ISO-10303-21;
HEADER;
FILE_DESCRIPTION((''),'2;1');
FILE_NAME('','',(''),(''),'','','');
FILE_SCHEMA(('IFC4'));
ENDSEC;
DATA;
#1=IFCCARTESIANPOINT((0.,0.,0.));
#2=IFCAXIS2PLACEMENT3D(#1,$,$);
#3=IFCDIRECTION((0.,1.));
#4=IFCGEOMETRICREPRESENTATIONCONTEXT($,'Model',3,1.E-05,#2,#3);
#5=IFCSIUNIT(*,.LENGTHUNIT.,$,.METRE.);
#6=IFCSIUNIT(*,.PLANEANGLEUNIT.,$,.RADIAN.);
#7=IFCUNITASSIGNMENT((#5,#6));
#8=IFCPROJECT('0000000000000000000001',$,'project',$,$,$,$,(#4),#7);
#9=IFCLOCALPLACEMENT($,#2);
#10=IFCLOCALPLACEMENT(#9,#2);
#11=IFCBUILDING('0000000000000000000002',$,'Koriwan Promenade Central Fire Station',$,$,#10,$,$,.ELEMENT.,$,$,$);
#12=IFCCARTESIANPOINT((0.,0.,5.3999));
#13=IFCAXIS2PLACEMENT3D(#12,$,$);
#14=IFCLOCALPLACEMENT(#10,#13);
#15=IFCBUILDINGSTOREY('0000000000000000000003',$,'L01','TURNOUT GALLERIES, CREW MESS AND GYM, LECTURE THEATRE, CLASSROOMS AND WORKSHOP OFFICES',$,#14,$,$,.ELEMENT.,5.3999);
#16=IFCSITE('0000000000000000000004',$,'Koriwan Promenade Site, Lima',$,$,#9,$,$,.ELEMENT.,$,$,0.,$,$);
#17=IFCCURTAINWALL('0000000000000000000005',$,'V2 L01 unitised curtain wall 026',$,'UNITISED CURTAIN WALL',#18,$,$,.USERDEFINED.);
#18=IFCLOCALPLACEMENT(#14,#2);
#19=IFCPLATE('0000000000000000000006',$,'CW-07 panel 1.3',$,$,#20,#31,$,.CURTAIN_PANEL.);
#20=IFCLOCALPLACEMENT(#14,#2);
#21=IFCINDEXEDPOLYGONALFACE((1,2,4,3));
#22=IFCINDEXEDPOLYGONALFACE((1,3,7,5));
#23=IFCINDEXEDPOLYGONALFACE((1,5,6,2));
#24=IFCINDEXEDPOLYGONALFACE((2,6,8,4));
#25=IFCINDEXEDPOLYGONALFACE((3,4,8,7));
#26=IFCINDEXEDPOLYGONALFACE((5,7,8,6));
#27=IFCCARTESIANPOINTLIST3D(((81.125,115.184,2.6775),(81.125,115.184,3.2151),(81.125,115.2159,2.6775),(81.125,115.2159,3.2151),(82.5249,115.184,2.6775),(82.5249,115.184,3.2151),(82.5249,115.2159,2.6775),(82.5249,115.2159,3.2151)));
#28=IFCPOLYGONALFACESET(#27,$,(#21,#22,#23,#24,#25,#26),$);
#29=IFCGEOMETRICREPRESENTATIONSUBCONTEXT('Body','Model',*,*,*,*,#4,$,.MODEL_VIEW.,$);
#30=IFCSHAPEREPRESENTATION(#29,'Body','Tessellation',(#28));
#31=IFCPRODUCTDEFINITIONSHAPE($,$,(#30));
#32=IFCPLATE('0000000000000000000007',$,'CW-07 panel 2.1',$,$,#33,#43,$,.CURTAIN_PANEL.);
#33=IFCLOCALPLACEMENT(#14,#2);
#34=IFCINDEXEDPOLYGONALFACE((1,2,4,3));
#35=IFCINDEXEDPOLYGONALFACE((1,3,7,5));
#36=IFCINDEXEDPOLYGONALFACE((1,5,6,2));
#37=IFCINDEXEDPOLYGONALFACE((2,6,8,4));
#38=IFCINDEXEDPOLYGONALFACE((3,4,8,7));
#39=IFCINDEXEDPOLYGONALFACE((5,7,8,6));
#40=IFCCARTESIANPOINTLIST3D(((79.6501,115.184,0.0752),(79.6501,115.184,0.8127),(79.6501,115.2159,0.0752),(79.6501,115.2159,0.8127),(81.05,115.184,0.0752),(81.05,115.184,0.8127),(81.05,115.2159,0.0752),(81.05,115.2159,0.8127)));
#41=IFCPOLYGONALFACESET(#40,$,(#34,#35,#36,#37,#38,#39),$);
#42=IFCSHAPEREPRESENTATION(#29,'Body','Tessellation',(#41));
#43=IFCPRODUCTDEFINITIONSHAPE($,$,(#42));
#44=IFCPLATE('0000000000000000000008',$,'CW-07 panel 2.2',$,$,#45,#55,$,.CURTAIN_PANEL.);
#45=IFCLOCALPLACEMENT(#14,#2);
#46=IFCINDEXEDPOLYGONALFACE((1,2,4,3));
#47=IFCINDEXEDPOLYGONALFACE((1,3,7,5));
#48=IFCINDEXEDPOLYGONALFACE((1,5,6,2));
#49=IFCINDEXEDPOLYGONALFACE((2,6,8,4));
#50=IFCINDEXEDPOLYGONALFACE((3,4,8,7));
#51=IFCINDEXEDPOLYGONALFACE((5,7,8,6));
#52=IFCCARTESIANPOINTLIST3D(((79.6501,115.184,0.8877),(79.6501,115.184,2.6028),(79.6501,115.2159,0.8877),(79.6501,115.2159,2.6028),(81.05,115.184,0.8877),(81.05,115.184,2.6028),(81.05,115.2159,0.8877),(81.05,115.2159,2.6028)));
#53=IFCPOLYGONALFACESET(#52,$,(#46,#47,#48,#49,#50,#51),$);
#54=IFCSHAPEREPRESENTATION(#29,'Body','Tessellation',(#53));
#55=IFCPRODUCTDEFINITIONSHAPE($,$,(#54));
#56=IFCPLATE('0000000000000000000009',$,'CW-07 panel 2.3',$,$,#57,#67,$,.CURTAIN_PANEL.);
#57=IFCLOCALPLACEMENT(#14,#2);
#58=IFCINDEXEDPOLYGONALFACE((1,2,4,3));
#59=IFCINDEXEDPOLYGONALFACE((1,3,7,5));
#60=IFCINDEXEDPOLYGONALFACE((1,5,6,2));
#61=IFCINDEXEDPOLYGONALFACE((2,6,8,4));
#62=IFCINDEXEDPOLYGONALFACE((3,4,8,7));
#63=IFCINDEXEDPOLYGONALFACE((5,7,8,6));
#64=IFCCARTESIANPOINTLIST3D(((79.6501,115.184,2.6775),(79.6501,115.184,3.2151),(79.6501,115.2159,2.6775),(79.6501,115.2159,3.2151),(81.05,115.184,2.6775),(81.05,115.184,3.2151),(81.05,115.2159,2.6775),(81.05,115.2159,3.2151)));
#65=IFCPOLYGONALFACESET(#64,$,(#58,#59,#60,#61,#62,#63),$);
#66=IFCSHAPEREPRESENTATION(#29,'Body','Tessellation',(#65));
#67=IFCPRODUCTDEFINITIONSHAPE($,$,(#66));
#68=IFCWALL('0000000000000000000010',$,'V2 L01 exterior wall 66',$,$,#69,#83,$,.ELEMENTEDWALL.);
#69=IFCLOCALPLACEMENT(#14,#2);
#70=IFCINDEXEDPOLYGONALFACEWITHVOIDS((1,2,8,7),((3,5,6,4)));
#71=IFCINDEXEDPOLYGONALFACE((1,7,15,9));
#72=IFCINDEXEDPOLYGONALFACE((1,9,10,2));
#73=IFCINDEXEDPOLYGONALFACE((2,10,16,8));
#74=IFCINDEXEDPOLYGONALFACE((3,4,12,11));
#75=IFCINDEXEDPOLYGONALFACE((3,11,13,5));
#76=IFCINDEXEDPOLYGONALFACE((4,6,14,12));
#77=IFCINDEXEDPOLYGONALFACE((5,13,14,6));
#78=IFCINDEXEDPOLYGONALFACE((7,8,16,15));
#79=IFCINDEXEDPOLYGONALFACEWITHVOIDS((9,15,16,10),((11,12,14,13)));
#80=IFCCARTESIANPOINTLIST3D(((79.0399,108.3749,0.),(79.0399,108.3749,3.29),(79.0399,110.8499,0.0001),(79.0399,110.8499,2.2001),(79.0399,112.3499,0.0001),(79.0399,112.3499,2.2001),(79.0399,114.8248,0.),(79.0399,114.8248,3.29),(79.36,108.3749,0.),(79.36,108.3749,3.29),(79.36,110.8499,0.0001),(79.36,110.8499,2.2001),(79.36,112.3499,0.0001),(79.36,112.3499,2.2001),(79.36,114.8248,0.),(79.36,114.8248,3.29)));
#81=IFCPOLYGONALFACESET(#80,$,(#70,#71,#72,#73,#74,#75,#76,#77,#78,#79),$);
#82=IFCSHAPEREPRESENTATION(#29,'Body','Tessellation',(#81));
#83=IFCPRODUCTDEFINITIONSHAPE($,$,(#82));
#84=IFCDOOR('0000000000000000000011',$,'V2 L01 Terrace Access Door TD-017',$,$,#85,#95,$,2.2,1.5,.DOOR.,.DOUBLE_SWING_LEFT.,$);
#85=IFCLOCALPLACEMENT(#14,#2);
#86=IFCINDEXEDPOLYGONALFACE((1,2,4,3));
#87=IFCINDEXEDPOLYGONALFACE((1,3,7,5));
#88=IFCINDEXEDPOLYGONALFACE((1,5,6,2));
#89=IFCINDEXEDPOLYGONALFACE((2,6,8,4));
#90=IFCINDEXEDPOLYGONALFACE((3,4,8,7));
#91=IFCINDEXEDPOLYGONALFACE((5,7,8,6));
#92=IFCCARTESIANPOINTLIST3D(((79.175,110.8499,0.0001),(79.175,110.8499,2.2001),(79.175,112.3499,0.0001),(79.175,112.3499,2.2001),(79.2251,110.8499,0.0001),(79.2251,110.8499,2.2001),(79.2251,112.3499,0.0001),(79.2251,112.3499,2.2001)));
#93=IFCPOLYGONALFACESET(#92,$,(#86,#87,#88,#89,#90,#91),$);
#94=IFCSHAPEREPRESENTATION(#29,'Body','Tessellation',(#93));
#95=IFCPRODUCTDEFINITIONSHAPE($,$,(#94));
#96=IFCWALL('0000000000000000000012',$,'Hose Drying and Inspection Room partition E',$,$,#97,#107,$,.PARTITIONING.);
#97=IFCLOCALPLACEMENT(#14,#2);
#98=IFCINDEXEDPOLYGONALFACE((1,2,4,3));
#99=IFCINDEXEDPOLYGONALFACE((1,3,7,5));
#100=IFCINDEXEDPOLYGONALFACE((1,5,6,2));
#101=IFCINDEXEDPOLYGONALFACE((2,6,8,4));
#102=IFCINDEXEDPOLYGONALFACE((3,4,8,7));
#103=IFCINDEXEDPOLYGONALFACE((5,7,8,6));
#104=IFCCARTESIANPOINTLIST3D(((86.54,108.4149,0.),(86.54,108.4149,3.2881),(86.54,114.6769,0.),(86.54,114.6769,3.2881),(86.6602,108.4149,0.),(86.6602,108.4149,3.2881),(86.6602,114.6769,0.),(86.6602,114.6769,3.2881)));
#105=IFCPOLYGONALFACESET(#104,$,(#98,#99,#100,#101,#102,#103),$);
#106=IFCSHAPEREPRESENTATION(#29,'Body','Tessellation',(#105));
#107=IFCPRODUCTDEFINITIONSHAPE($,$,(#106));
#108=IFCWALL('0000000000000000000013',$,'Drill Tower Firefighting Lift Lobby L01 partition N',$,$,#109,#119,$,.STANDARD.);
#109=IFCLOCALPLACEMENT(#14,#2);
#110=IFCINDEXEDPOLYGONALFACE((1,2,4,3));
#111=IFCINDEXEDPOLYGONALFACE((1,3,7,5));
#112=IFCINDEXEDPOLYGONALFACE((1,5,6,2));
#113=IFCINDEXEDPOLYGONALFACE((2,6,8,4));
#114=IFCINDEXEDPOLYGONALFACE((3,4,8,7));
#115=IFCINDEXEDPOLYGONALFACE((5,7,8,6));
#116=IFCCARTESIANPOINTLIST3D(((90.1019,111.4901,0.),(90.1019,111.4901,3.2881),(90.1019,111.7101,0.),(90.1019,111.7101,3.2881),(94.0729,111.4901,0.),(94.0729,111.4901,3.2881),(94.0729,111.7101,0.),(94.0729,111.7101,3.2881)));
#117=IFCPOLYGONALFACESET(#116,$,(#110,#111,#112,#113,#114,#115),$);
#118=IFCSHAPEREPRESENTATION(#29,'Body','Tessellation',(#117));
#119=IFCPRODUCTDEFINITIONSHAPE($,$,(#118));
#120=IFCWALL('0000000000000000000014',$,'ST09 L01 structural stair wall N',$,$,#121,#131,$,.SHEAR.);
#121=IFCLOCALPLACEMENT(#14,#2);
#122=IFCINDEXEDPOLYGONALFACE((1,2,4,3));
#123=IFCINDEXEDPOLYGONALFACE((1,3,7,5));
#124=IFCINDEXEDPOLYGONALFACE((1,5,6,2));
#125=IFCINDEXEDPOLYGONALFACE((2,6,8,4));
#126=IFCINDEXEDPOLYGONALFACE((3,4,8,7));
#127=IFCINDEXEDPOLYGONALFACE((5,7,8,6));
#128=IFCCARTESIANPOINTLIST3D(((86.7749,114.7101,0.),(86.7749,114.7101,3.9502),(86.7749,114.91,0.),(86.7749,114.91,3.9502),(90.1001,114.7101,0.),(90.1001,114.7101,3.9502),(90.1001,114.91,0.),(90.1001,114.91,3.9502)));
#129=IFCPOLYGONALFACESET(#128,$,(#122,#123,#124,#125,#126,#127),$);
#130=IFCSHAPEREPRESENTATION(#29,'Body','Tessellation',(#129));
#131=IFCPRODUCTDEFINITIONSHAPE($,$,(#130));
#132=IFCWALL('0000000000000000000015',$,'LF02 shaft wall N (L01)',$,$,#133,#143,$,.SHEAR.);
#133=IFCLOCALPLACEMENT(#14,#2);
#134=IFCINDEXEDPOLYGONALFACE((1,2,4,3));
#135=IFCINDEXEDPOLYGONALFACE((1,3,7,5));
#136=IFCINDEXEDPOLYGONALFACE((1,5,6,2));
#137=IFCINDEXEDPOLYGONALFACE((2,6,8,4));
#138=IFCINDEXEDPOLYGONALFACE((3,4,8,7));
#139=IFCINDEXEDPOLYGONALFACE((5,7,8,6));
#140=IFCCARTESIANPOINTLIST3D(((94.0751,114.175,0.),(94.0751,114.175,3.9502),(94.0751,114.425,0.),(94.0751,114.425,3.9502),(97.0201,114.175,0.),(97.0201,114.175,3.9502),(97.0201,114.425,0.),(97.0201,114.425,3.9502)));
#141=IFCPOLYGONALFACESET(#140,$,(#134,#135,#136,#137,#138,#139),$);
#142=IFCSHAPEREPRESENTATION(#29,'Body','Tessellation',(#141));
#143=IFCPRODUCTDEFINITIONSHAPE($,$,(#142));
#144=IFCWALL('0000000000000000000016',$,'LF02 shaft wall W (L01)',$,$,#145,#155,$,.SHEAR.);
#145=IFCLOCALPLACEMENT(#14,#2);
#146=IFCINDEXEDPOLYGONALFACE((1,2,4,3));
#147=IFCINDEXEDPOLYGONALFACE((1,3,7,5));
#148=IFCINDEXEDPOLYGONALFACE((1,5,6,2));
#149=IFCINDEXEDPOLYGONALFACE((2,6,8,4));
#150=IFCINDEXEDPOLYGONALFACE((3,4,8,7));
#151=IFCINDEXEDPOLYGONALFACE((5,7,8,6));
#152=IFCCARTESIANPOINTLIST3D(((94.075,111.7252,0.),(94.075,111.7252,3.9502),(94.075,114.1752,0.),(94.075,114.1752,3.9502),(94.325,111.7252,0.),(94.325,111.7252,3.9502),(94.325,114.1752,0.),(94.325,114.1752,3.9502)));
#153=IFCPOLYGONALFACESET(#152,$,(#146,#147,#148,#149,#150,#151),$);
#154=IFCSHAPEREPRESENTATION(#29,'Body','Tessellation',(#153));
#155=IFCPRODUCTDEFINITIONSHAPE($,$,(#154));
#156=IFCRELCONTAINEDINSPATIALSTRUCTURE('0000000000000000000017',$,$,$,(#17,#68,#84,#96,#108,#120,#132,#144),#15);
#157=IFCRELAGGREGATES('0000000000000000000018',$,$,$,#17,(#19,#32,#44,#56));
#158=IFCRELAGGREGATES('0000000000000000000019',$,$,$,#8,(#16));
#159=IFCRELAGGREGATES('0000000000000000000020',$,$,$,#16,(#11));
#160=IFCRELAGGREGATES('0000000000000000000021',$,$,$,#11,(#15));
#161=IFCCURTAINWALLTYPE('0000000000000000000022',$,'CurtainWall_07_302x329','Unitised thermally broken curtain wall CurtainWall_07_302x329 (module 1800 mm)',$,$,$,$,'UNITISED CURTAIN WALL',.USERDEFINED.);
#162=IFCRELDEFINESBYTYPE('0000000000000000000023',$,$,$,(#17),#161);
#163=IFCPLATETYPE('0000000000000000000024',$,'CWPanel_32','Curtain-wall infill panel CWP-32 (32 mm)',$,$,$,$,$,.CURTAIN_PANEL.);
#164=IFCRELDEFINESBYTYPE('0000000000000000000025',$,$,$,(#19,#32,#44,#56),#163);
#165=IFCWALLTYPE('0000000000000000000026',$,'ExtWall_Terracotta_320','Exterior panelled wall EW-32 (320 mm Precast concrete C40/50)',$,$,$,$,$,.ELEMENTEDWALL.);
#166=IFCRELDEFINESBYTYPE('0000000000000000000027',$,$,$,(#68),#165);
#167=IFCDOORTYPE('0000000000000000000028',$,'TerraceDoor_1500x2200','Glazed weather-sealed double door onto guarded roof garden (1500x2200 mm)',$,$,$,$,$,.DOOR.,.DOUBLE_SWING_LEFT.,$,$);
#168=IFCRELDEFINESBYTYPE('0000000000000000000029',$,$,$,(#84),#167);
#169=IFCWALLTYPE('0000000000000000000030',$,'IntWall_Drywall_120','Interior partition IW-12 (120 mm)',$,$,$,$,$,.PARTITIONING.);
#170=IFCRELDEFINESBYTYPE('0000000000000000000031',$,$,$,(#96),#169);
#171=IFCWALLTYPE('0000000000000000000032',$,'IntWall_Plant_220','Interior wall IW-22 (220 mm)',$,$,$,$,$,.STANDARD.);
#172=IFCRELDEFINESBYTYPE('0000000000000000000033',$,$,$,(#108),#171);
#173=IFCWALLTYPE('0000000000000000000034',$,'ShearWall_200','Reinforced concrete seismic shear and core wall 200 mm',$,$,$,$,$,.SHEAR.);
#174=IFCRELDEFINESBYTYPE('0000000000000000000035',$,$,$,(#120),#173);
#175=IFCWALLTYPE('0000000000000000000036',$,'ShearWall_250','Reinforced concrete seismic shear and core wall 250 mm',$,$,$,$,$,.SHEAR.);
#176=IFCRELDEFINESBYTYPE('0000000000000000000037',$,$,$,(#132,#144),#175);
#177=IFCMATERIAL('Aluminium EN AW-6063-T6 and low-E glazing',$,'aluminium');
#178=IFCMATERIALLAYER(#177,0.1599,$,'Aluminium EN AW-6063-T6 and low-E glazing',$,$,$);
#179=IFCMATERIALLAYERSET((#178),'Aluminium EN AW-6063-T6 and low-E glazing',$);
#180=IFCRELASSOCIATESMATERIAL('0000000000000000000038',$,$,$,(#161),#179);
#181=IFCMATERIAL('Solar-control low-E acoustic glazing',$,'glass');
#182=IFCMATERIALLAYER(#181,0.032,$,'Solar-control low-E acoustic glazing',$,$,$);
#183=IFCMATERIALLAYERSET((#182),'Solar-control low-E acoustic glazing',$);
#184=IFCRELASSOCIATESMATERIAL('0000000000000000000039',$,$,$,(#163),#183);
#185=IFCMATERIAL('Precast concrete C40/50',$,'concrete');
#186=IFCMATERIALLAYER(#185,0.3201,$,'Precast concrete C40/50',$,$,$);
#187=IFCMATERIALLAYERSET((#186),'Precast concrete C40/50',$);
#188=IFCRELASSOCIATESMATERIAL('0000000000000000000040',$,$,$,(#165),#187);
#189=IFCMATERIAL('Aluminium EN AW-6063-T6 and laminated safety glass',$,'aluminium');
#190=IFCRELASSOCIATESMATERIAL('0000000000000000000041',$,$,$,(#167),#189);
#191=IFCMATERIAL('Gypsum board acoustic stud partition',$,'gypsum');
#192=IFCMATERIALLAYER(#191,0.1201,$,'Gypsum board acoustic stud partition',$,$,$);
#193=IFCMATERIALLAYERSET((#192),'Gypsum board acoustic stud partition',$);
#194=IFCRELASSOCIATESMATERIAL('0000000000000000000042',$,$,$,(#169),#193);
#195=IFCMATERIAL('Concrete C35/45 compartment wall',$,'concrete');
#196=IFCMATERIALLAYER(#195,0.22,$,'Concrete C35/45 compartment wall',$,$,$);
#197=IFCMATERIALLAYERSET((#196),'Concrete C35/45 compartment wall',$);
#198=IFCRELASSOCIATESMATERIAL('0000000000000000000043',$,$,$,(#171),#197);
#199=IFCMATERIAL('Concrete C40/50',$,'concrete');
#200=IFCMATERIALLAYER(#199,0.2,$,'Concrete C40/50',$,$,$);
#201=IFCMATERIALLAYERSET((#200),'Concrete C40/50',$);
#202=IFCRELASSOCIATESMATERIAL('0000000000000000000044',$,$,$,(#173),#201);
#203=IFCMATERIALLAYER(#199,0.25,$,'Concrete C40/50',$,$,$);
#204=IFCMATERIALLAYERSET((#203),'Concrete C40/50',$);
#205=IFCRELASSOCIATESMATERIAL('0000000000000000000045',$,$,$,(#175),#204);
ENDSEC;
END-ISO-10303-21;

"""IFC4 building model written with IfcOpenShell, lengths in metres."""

from ifc_helpers import new_model, si_unit, direction, frame, frame_2d, origin, origin_2d, place, context, subcontext, project, spatial, rectangle, extrude, material, layer, layer_set, type_object, element, fill, aggregate, save


model = new_model("IFC4")

# Units and contexts
model_context = context("Model", 3, precision=1e-05, world=origin(), true_north=direction((0.0, 1.0)))
body_context = subcontext(model_context, "Body", "Model", "MODEL_VIEW")
ifc_project = project(units=[si_unit("LENGTHUNIT", "METRE"), si_unit("PLANEANGLEUNIT", "RADIAN")], contexts=[model_context])

# Site, building, storey
site_placement = place(None, origin())
site = spatial("IfcSite", under=ifc_project, at=site_placement, Name="Koriwan Promenade Site, Lima", CompositionType="ELEMENT", RefElevation=0.0)
building_placement = place(site_placement, origin())
building = spatial("IfcBuilding", under=site, at=building_placement, Name="Koriwan Promenade Central Fire Station", CompositionType="ELEMENT")
storey_placement = place(building_placement, frame((0.0, 0.0, 5.3999)))
storey = spatial("IfcBuildingStorey", under=building, at=storey_placement, Name="L01", Description="TURNOUT GALLERIES, CREW MESS AND GYM, LECTURE THEATRE, CLASSROOMS AND WORKSHOP OFFICES", CompositionType="ELEMENT", Elevation=5.3999)

# Shared definitions
ifc_material_1 = material(Name="Concrete C40/50", Category="concrete")

# Curtain wall, plates
ifc_material_2 = material(Name="Aluminium EN AW-6063-T6 and low-E glazing", Category="aluminium")
ifc_layer_1 = layer(ifc_material_2, 0.1599, Name="Aluminium EN AW-6063-T6 and low-E glazing")
ifc_layer_set_1 = layer_set([ifc_layer_1], Name="Aluminium EN AW-6063-T6 and low-E glazing")
curtain_wall_type = type_object("IfcCurtainWallType", Name="CurtainWall_07_302x329", Description="Unitised thermally broken curtain wall CurtainWall_07_302x329 (module 1800 mm)", ElementType="UNITISED CURTAIN WALL", PredefinedType="USERDEFINED", material=ifc_layer_set_1)
curtain_wall_placement = place(storey_placement, origin())
curtain_wall = element("IfcCurtainWall", 1, at=curtain_wall_placement, inside=storey, type_object=curtain_wall_type, Name="V2 L01 unitised curtain wall 026", ObjectType="UNITISED CURTAIN WALL", PredefinedType="USERDEFINED")
ifc_material_3 = material(Name="Solar-control low-E acoustic glazing", Category="glass")
ifc_layer_2 = layer(ifc_material_3, 0.032, Name="Solar-control low-E acoustic glazing")
ifc_layer_set_2 = layer_set([ifc_layer_2], Name="Solar-control low-E acoustic glazing")
plate_type = type_object("IfcPlateType", Name="CWPanel_32", Description="Curtain-wall infill panel CWP-32 (32 mm)", PredefinedType="CURTAIN_PANEL", material=ifc_layer_set_2)
plate_1_placement = place(storey_placement, frame((81.825, 115.2, 2.6775), z_axis=(0.0, 0.0, 1.0), x_axis=(-1.0, 0.0, 0.0)))
plate_1 = element("IfcPlate", 2, at=plate_1_placement, type_object=plate_type, Name="CW-07 panel 1.3", PredefinedType="CURTAIN_PANEL", context=body_context, shape_type="SweptSolid", body=[
    extrude(rectangle(XDim=1.3999, YDim=0.032, at=origin_2d()), origin(), (0.0, 0.0, 1.0), 0.5376),
])
plate_2_placement = place(storey_placement, frame((80.3501, 115.2, 0.0752), z_axis=(0.0, 0.0, 1.0), x_axis=(-1.0, 0.0, 0.0)))
plate_2 = element("IfcPlate", 3, at=plate_2_placement, type_object=plate_type, Name="CW-07 panel 2.1", PredefinedType="CURTAIN_PANEL", context=body_context, shape_type="SweptSolid", body=[
    extrude(rectangle(XDim=1.3999, YDim=0.032, at=origin_2d()), origin(), (0.0, 0.0, 1.0), 0.7375),
])
plate_3_placement = place(storey_placement, frame((80.3501, 115.2, 0.8877), z_axis=(0.0, 0.0, 1.0), x_axis=(-1.0, 0.0, 0.0)))
plate_3 = element("IfcPlate", 4, at=plate_3_placement, type_object=plate_type, Name="CW-07 panel 2.2", PredefinedType="CURTAIN_PANEL", context=body_context, shape_type="SweptSolid", body=[
    extrude(rectangle(XDim=1.3999, YDim=0.032, at=origin_2d()), origin(), (0.0, 0.0, 1.0), 1.7151),
])
plate_4_placement = place(storey_placement, frame((80.3501, 115.2, 2.6775), z_axis=(0.0, 0.0, 1.0), x_axis=(-1.0, 0.0, 0.0)))
plate_4 = element("IfcPlate", 5, at=plate_4_placement, type_object=plate_type, Name="CW-07 panel 2.3", PredefinedType="CURTAIN_PANEL", context=body_context, shape_type="SweptSolid", body=[
    extrude(rectangle(XDim=1.3999, YDim=0.032, at=origin_2d()), origin(), (0.0, 0.0, 1.0), 0.5376),
])
aggregate(curtain_wall, [plate_1, plate_2, plate_3, plate_4])

# Wall, opening, door
ifc_material_4 = material(Name="Precast concrete C40/50", Category="concrete")
ifc_layer_3 = layer(ifc_material_4, 0.3201, Name="Precast concrete C40/50")
ifc_layer_set_3 = layer_set([ifc_layer_3], Name="Precast concrete C40/50")
wall_type_1 = type_object("IfcWallType", Name="ExtWall_Terracotta_320", Description="Exterior panelled wall EW-32 (320 mm Precast concrete C40/50)", PredefinedType="ELEMENTEDWALL", material=ifc_layer_set_3)
wall_1_placement = place(storey_placement, frame((79.2, 114.825, 0.0), z_axis=(0.0, 0.0, 1.0), x_axis=(0.0, -1.0, 0.0)))
wall_1 = element("IfcWall", 6, at=wall_1_placement, inside=storey, type_object=wall_type_1, Name="V2 L01 exterior wall 66", PredefinedType="ELEMENTEDWALL", context=body_context, shape_type="SweptSolid", body=[
    extrude(rectangle(XDim=6.45, YDim=0.3201, at=frame_2d((3.2251, 0.0))), origin(), (0.0, 0.0, 1.0), 3.29),
])
opening_1_placement = place(wall_1_placement, frame((2.4751, 0.0, 0.0)))
opening_1 = element("IfcOpeningElement", 7, at=opening_1_placement, cuts=wall_1, PredefinedType="OPENING", context=body_context, shape_type="SweptSolid", body=[
    extrude(rectangle(XDim=1.5, YDim=2.2, at=frame_2d((0.75, 1.1001))), frame((0.0, 0.1719, 0.0), z_axis=(0.0, -1.0, 0.0), x_axis=(1.0, 0.0, 0.0)), (0.0, 0.0, 1.0), 0.344),
])
ifc_material_5 = material(Name="Aluminium EN AW-6063-T6 and laminated safety glass", Category="aluminium")
door_type_1 = type_object("IfcDoorType", Name="TerraceDoor_1500x2200", Description="Glazed weather-sealed double door onto guarded roof garden (1500x2200 mm)", OperationType="DOUBLE_SWING_LEFT", PredefinedType="DOOR", material=ifc_material_5)
door_1_placement = place(opening_1_placement, frame((1.5, 0.0, 0.0), z_axis=(0.0, 0.0, 1.0), x_axis=(-1.0, 0.0, 0.0)))
door_1 = element("IfcDoor", 8, at=door_1_placement, inside=storey, type_object=door_type_1, Name="V2 L01 Terrace Access Door TD-017", OperationType="DOUBLE_SWING_LEFT", OverallHeight=2.2, OverallWidth=1.5, PredefinedType="DOOR", context=body_context, shape_type="SweptSolid", body=[
    extrude(rectangle(XDim=1.5, YDim=2.2, at=frame_2d((0.75, 1.1001))), frame((0.0, 0.0249, 0.0), z_axis=(0.0, -1.0, 0.0), x_axis=(1.0, 0.0, 0.0)), (0.0, 0.0, 1.0), 0.05),
])
fill(opening_1, door_1)

# Walls
ifc_material_6 = material(Name="Gypsum board acoustic stud partition", Category="gypsum")
ifc_layer_4 = layer(ifc_material_6, 0.1201, Name="Gypsum board acoustic stud partition")
ifc_layer_set_4 = layer_set([ifc_layer_4], Name="Gypsum board acoustic stud partition")
wall_type_2 = type_object("IfcWallType", Name="IntWall_Drywall_120", Description="Interior partition IW-12 (120 mm)", PredefinedType="PARTITIONING", material=ifc_layer_set_4)
wall_2_placement = place(storey_placement, frame((86.6001, 108.415, 0.0), z_axis=(0.0, 0.0, 1.0), x_axis=(0.0, 1.0, 0.0)))
element("IfcWall", 9, at=wall_2_placement, inside=storey, type_object=wall_type_2, Name="Hose Drying and Inspection Room partition E", PredefinedType="PARTITIONING", context=body_context, shape_type="SweptSolid", body=[
    extrude(rectangle(XDim=6.262, YDim=0.1201, at=frame_2d((3.1309, 0.0))), origin(), (0.0, 0.0, 1.0), 3.2881),
])
ifc_material_7 = material(Name="Concrete C35/45 compartment wall", Category="concrete")
ifc_layer_5 = layer(ifc_material_7, 0.22, Name="Concrete C35/45 compartment wall")
ifc_layer_set_5 = layer_set([ifc_layer_5], Name="Concrete C35/45 compartment wall")
wall_type_3 = type_object("IfcWallType", Name="IntWall_Plant_220", Description="Interior wall IW-22 (220 mm)", PredefinedType="STANDARD", material=ifc_layer_set_5)
wall_3_placement = place(storey_placement, frame((90.1021, 111.6001, 0.0), z_axis=(0.0, 0.0, 1.0), x_axis=(1.0, 0.0, 0.0)))
element("IfcWall", 10, at=wall_3_placement, inside=storey, type_object=wall_type_3, Name="Drill Tower Firefighting Lift Lobby L01 partition N", PredefinedType="STANDARD", context=body_context, shape_type="SweptSolid", body=[
    extrude(rectangle(XDim=3.9709, YDim=0.22, at=frame_2d((1.9854, 0.0))), origin(), (0.0, 0.0, 1.0), 3.2881),
])
ifc_layer_6 = layer(ifc_material_1, 0.2, Name="Concrete C40/50")
ifc_layer_set_6 = layer_set([ifc_layer_6], Name="Concrete C40/50")
wall_type_4 = type_object("IfcWallType", Name="ShearWall_200", Description="Reinforced concrete seismic shear and core wall 200 mm", PredefinedType="SHEAR", material=ifc_layer_set_6)
wall_4_placement = place(storey_placement, frame((86.7749, 114.8101, 0.0), z_axis=(0.0, 0.0, 1.0), x_axis=(1.0, 0.0, 0.0)))
element("IfcWall", 11, at=wall_4_placement, inside=storey, type_object=wall_type_4, Name="ST09 L01 structural stair wall N", PredefinedType="SHEAR", context=body_context, shape_type="SweptSolid", body=[
    extrude(rectangle(XDim=3.3252, YDim=0.2, at=frame_2d((1.6626, 0.0))), origin(), (0.0, 0.0, 1.0), 3.9502),
])

# Shared definitions
ifc_layer_7 = layer(ifc_material_1, 0.25, Name="Concrete C40/50")
ifc_layer_set_7 = layer_set([ifc_layer_7], Name="Concrete C40/50")
wall_type_5 = type_object("IfcWallType", Name="ShearWall_250", Description="Reinforced concrete seismic shear and core wall 250 mm", PredefinedType="SHEAR", material=ifc_layer_set_7)

# Walls
wall_5_placement = place(storey_placement, frame((94.075, 114.3, 0.0), z_axis=(0.0, 0.0, 1.0), x_axis=(1.0, 0.0, 0.0)))
element("IfcWall", 12, at=wall_5_placement, inside=storey, type_object=wall_type_5, Name="LF02 shaft wall N (L01)", PredefinedType="SHEAR", context=body_context, shape_type="SweptSolid", body=[
    extrude(rectangle(XDim=2.9451, YDim=0.25, at=frame_2d((1.4727, 0.0))), origin(), (0.0, 0.0, 1.0), 3.9502),
])
wall_6_placement = place(storey_placement, frame((94.2, 111.7251, 0.0), z_axis=(0.0, 0.0, 1.0), x_axis=(0.0, 1.0, 0.0)))
element("IfcWall", 13, at=wall_6_placement, inside=storey, type_object=wall_type_5, Name="LF02 shaft wall W (L01)", PredefinedType="SHEAR", context=body_context, shape_type="SweptSolid", body=[
    extrude(rectangle(XDim=2.45, YDim=0.25, at=frame_2d((1.2251, 0.0))), origin(), (0.0, 0.0, 1.0), 3.9502),
])

save(model, "model.ifc")
